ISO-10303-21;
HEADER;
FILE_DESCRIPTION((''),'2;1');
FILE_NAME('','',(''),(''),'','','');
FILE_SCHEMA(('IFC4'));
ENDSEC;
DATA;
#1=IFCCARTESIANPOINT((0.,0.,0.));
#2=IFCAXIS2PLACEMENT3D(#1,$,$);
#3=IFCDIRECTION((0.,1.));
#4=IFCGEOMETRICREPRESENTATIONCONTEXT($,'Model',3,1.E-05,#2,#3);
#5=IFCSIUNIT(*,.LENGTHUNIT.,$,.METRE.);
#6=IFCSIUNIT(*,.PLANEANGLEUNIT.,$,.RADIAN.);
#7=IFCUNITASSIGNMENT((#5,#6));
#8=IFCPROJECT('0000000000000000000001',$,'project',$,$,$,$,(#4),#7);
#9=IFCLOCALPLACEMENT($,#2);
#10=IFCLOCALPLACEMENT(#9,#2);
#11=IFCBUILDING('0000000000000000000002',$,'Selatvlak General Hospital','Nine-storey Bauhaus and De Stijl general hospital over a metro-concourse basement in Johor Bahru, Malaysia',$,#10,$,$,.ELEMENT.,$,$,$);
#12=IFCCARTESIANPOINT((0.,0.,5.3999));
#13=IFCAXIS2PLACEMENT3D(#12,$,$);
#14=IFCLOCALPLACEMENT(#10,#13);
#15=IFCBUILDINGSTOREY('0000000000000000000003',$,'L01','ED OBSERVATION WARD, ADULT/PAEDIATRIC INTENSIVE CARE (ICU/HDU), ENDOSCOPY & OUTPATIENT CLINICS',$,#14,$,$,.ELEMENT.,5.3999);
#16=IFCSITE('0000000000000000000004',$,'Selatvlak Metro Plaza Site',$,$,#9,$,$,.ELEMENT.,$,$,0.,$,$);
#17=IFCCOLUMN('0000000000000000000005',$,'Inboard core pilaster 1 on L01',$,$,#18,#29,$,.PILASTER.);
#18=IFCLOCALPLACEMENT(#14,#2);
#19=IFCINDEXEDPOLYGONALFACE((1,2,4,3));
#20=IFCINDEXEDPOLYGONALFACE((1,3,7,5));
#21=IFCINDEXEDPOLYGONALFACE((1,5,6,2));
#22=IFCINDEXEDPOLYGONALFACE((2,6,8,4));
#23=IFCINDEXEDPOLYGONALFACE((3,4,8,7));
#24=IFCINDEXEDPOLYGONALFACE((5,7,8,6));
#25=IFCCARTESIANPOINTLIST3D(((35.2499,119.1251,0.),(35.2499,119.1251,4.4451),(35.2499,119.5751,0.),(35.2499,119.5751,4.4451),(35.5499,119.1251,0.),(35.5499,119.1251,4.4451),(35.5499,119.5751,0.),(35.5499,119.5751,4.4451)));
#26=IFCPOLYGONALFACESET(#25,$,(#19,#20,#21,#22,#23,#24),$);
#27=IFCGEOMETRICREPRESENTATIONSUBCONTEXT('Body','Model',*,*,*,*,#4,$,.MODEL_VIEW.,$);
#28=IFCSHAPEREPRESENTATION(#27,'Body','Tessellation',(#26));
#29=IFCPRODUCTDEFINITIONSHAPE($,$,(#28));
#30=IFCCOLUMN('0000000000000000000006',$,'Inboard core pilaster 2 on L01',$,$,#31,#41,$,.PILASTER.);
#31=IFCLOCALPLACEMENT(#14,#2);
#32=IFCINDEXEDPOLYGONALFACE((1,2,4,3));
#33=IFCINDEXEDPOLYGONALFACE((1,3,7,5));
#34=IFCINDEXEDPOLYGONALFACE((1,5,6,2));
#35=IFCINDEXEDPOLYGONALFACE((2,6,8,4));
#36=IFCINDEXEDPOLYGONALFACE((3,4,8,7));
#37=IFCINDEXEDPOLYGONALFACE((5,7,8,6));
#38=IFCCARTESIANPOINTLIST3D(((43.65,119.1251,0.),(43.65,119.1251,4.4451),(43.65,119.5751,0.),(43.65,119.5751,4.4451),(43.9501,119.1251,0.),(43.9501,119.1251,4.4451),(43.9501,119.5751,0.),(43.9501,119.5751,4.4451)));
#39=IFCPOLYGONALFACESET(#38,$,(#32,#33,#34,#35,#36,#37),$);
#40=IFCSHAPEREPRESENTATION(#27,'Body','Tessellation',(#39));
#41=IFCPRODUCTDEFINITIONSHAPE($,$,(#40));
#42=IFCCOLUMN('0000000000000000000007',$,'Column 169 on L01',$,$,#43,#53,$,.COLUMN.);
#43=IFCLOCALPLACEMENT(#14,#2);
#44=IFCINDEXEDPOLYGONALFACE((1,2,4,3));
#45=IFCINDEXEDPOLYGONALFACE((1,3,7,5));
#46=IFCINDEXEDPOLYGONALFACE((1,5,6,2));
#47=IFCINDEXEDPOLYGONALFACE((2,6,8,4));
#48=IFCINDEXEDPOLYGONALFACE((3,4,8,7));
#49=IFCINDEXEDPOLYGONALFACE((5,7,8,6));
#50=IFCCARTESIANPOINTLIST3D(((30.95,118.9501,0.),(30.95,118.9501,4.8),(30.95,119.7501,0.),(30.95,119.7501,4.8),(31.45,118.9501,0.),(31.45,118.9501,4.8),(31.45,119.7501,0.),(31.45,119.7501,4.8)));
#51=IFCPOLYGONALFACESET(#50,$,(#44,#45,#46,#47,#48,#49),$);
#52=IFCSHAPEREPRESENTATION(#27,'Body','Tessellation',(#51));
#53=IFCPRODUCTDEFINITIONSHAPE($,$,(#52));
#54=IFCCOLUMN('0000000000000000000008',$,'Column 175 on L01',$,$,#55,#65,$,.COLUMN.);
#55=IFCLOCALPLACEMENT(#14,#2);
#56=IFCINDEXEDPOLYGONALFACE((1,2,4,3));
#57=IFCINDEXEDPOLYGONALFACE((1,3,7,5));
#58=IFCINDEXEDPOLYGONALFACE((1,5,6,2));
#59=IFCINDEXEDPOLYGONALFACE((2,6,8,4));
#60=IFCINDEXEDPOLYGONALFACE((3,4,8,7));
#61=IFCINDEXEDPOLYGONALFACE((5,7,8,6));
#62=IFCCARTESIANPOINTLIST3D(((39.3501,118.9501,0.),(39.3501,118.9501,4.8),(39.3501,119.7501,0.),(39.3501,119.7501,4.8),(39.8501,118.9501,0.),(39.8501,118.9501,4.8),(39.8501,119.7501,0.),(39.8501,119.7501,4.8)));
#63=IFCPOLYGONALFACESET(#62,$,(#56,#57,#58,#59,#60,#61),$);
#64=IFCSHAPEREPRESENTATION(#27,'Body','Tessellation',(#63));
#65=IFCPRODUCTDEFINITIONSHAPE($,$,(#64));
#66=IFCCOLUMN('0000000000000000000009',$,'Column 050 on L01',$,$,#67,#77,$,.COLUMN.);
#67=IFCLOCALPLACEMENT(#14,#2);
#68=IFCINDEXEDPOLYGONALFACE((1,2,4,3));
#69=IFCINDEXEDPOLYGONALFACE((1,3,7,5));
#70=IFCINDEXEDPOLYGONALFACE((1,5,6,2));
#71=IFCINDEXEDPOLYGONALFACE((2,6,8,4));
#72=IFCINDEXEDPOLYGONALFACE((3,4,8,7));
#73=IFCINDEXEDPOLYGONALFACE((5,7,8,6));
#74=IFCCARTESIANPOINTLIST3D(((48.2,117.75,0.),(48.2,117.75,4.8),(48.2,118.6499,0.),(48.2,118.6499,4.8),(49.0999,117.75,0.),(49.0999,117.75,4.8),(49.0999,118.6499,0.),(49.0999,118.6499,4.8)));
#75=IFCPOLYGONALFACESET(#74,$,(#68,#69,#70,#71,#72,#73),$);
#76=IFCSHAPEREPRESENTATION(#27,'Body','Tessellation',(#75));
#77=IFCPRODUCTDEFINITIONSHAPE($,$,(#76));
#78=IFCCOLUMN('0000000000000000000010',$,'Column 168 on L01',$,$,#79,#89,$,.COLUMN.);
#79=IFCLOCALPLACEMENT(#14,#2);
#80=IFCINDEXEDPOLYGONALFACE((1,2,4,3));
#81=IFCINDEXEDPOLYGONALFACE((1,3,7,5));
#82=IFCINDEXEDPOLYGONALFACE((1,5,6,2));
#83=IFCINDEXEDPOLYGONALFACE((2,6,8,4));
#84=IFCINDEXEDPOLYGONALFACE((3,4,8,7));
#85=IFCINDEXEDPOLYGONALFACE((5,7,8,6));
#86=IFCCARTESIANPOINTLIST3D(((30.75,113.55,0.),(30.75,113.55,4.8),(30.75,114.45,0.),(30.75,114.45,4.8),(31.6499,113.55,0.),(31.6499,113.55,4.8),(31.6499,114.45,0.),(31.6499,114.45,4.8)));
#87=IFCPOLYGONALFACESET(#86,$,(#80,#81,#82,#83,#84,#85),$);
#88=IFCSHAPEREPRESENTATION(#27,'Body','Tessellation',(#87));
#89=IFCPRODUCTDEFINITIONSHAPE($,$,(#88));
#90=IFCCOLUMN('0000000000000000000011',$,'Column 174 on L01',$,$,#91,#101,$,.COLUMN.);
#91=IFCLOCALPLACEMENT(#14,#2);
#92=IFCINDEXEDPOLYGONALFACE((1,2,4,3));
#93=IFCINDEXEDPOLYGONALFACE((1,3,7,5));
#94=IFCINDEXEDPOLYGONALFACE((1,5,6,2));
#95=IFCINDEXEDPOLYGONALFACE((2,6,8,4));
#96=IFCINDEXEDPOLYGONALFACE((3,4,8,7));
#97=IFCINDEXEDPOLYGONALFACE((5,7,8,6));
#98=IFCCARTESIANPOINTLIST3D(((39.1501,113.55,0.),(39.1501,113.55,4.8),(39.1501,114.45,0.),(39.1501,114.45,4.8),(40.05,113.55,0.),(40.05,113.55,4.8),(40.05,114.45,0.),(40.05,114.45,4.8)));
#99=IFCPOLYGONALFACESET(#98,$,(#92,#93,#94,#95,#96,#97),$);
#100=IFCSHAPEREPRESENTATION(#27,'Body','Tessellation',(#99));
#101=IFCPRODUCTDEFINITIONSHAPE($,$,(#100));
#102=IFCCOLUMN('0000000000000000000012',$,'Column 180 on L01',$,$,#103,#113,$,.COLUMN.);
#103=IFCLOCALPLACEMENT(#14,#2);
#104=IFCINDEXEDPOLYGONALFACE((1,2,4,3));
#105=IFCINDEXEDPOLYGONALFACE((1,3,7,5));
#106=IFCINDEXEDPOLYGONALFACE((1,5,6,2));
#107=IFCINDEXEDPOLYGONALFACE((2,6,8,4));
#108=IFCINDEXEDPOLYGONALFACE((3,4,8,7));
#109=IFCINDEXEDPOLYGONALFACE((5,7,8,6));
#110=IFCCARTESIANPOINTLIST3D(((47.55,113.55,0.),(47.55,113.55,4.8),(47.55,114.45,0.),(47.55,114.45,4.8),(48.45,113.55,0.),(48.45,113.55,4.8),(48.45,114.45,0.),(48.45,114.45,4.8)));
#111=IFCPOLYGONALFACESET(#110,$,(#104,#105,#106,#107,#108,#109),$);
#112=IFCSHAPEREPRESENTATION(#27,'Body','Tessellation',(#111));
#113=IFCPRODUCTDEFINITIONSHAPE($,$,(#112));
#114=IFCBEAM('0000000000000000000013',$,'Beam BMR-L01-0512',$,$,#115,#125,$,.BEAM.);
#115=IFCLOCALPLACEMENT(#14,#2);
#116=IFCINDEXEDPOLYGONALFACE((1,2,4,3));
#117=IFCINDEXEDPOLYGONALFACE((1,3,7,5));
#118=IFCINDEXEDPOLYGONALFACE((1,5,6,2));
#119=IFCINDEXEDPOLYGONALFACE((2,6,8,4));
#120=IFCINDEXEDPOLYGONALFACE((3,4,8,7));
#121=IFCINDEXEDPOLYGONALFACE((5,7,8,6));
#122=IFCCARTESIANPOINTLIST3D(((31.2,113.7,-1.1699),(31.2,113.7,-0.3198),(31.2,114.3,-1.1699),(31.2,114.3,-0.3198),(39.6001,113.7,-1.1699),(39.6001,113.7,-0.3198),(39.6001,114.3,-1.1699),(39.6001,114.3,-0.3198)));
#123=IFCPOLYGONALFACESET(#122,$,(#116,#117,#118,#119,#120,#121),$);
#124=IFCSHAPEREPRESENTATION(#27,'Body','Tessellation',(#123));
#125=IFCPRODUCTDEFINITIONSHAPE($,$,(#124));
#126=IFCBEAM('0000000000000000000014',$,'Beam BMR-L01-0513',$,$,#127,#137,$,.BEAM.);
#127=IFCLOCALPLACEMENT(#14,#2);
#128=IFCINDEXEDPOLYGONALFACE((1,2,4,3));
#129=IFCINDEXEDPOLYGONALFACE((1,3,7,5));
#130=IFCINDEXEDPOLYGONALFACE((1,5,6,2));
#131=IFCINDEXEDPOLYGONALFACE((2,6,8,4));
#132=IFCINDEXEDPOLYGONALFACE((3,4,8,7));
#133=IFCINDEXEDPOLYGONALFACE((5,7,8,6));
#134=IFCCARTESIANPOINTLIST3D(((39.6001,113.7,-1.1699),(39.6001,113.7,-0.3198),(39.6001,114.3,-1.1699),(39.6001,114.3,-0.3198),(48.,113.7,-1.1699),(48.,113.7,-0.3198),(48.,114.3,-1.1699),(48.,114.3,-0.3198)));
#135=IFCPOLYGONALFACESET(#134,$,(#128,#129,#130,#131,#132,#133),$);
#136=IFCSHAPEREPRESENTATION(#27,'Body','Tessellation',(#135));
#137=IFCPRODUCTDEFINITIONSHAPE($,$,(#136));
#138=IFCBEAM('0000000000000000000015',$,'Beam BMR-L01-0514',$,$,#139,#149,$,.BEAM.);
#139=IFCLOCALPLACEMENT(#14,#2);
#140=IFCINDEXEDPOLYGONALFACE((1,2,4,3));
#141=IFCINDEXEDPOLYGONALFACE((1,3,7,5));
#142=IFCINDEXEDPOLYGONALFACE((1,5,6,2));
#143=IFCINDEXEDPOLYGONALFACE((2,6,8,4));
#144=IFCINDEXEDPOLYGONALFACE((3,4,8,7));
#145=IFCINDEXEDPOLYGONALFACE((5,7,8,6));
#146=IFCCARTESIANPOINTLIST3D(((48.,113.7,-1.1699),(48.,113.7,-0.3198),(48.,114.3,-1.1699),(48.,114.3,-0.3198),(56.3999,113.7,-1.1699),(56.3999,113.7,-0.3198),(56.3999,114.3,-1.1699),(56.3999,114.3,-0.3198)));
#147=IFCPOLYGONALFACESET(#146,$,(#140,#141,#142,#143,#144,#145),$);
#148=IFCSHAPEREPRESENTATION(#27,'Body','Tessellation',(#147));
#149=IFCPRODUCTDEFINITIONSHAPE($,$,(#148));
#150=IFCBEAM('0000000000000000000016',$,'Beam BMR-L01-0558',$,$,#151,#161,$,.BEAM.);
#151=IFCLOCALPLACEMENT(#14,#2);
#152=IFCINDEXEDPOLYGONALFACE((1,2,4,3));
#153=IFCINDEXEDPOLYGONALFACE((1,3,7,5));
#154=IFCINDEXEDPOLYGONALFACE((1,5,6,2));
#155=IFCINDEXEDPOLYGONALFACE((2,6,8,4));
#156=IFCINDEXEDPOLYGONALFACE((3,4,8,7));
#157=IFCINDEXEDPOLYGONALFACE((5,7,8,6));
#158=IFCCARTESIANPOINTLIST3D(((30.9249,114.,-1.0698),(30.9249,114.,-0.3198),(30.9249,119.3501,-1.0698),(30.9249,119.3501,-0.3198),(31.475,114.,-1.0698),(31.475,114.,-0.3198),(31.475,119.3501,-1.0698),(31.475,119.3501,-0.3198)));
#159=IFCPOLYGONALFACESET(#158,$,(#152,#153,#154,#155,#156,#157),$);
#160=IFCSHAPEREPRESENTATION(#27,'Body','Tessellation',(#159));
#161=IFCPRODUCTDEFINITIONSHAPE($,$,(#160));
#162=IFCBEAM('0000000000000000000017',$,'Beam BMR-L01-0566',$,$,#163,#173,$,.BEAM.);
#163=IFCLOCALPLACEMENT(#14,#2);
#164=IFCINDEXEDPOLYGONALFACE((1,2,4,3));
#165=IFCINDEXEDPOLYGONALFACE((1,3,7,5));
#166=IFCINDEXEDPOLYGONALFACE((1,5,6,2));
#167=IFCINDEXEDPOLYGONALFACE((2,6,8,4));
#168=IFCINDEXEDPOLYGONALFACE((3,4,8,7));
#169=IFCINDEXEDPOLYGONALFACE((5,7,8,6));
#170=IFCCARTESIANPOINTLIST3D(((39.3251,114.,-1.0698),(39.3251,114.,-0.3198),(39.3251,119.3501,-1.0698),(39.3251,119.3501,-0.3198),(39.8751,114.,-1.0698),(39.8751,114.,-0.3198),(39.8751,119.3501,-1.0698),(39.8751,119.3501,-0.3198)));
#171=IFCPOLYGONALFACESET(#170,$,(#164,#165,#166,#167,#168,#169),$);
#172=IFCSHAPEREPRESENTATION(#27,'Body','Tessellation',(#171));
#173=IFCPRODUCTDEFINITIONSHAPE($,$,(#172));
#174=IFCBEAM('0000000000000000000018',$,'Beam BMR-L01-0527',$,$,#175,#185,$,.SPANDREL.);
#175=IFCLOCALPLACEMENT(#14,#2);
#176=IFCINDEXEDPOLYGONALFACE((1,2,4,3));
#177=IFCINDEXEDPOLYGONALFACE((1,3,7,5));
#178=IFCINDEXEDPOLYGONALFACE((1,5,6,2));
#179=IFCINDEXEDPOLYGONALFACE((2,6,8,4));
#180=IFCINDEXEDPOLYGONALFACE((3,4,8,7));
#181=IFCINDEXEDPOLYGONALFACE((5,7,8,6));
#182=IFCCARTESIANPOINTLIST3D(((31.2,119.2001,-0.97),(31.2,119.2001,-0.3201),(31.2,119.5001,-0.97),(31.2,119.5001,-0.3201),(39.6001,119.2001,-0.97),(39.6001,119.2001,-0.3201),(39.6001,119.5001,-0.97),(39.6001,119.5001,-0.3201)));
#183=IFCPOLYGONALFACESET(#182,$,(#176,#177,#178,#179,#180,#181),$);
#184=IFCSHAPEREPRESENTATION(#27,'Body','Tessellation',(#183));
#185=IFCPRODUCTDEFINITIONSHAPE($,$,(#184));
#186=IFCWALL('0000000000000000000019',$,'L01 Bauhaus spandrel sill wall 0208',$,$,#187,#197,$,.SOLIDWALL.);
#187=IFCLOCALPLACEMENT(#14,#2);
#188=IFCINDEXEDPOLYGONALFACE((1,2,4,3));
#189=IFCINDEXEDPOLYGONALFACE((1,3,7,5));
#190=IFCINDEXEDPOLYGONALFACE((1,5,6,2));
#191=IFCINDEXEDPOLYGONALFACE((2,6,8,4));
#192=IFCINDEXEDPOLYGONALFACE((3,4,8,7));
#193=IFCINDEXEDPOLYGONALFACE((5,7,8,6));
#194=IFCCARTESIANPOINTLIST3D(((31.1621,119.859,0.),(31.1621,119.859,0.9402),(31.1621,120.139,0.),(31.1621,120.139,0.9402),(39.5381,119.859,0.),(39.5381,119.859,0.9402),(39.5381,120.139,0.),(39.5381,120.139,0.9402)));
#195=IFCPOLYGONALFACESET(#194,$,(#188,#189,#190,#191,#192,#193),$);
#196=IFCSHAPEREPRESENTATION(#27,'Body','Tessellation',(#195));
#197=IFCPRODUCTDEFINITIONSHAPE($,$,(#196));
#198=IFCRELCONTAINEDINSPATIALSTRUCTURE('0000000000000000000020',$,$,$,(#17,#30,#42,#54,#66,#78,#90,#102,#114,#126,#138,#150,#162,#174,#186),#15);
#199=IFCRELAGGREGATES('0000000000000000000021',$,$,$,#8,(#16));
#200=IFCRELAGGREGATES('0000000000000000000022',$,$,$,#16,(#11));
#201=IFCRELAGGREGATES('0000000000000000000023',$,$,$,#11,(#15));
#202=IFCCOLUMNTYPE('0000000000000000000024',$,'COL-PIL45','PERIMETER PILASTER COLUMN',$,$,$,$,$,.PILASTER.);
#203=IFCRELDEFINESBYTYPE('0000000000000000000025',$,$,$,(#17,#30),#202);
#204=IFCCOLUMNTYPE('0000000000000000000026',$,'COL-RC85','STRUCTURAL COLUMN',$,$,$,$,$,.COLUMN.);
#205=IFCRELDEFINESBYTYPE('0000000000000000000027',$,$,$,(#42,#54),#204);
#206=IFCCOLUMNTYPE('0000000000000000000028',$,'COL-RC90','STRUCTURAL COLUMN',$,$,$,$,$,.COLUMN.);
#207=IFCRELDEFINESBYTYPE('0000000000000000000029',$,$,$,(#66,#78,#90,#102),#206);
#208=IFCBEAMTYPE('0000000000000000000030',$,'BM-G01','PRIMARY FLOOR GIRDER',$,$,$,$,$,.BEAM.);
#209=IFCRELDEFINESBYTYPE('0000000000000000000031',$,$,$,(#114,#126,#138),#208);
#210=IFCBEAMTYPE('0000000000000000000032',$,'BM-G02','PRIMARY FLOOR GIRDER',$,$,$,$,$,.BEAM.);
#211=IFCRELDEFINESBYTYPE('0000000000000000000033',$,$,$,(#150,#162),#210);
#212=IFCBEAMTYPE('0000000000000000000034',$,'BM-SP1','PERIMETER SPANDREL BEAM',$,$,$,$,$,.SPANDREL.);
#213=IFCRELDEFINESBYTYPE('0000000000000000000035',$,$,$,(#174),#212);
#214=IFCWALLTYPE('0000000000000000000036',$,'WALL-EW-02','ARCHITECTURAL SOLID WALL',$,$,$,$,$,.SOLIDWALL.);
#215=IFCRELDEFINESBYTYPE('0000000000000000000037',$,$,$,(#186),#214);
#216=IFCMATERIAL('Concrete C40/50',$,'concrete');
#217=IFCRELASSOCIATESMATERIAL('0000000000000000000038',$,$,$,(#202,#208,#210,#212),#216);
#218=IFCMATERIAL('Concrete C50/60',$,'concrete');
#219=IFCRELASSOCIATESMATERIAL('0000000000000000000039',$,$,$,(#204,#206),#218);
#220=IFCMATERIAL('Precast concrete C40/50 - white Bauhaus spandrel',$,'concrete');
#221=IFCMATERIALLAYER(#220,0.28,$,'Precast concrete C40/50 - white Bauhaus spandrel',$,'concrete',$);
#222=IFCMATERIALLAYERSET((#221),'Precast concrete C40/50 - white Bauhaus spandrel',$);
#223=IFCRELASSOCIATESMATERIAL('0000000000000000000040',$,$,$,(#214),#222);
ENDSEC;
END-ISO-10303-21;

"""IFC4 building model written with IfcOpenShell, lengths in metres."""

from ifc_helpers import new_model, si_unit, direction, frame, frame_2d, origin, origin_2d, place, context, subcontext, project, spatial, rectangle, extrude, material, layer, layer_set, material_profile, profile_set, type_object, element, save


model = new_model("IFC4")

# Units and contexts
model_context = context("Model", 3, precision=1e-05, world=origin(), true_north=direction((0.0, 1.0)))
body_context = subcontext(model_context, "Body", "Model", "MODEL_VIEW")
ifc_project = project(units=[si_unit("LENGTHUNIT", "METRE"), si_unit("PLANEANGLEUNIT", "RADIAN")], contexts=[model_context])

# Site, building, storey
site_placement = place(None, origin())
site = spatial("IfcSite", under=ifc_project, at=site_placement, Name="Selatvlak Metro Plaza Site", CompositionType="ELEMENT", RefElevation=0.0)
building_placement = place(site_placement, origin())
building = spatial("IfcBuilding", under=site, at=building_placement, Name="Selatvlak General Hospital", Description="Nine-storey Bauhaus and De Stijl general hospital over a metro-concourse basement in Johor Bahru, Malaysia", CompositionType="ELEMENT")
storey_placement = place(building_placement, frame((0.0, 0.0, 5.3999)))
storey = spatial("IfcBuildingStorey", under=building, at=storey_placement, Name="L01", Description="ED OBSERVATION WARD, ADULT/PAEDIATRIC INTENSIVE CARE (ICU/HDU), ENDOSCOPY & OUTPATIENT CLINICS", CompositionType="ELEMENT", Elevation=5.3999)

# Columns
ifc_material_1 = material(Name="Concrete C40/50", Category="concrete")
ifc_material_profile_1 = material_profile(ifc_material_1, rectangle(XDim=0.3, YDim=0.45, at=origin_2d()), Name="RC-PIL 450x300")
ifc_profile_set_1 = profile_set([ifc_material_profile_1], Name="Concrete C40/50")
column_type_1 = type_object("IfcColumnType", Name="COL-PIL45", Description="PERIMETER PILASTER COLUMN", PredefinedType="PILASTER", material=ifc_profile_set_1)
for number, where, z_axis, x_axis, name in (
    (1, (35.3999, 119.3501, 0.0), (0.0, 0.0, 1.0), (1.0, 0.0, 0.0), "Inboard core pilaster 1 on L01"),
    (2, (43.8, 119.3501, 0.0), (0.0, 0.0, 1.0), (1.0, 0.0, 0.0), "Inboard core pilaster 2 on L01"),
):
    element("IfcColumn", number, at=place(storey_placement, frame(where, z_axis=z_axis, x_axis=x_axis)), inside=storey, type_object=column_type_1, Name=name, PredefinedType="PILASTER", context=body_context, shape_type="SweptSolid", body=[
        extrude(rectangle(XDim=0.3, YDim=0.45, at=origin_2d()), origin(), (0.0, 0.0, 1.0), 4.4451),
    ])
ifc_material_2 = material(Name="Concrete C50/60", Category="concrete")
ifc_material_profile_2 = material_profile(ifc_material_2, rectangle(XDim=0.5, YDim=0.8, at=origin_2d()), Name="RC-COL 800x500")
ifc_profile_set_2 = profile_set([ifc_material_profile_2], Name="Concrete C50/60")
column_type_2 = type_object("IfcColumnType", Name="COL-RC85", Description="STRUCTURAL COLUMN", PredefinedType="COLUMN", material=ifc_profile_set_2)
for number, where, z_axis, x_axis, name in (
    (3, (31.2, 119.3501, 0.0), (0.0, 0.0, 1.0), (1.0, 0.0, 0.0), "Column 169 on L01"),
    (4, (39.6001, 119.3501, 0.0), (0.0, 0.0, 1.0), (1.0, 0.0, 0.0), "Column 175 on L01"),
):
    element("IfcColumn", number, at=place(storey_placement, frame(where, z_axis=z_axis, x_axis=x_axis)), inside=storey, type_object=column_type_2, Name=name, PredefinedType="COLUMN", context=body_context, shape_type="SweptSolid", body=[
        extrude(rectangle(XDim=0.5, YDim=0.8, at=origin_2d()), origin(), (0.0, 0.0, 1.0), 4.8),
    ])
ifc_material_profile_3 = material_profile(ifc_material_2, rectangle(XDim=0.8999, YDim=0.8999, at=origin_2d()), Name="RC-COL 900x900")
ifc_profile_set_3 = profile_set([ifc_material_profile_3], Name="Concrete C50/60")
column_type_3 = type_object("IfcColumnType", Name="COL-RC90", Description="STRUCTURAL COLUMN", PredefinedType="COLUMN", material=ifc_profile_set_3)
for number, where, z_axis, x_axis, name in (
    (5, (48.6499, 118.2, 0.0), (0.0, 0.0, 1.0), (1.0, 0.0, 0.0), "Column 050 on L01"),
    (6, (31.2, 114.0, 0.0), (0.0, 0.0, 1.0), (1.0, 0.0, 0.0), "Column 168 on L01"),
    (7, (39.6001, 114.0, 0.0), (0.0, 0.0, 1.0), (1.0, 0.0, 0.0), "Column 174 on L01"),
    (8, (48.0, 114.0, 0.0), (0.0, 0.0, 1.0), (1.0, 0.0, 0.0), "Column 180 on L01"),
):
    element("IfcColumn", number, at=place(storey_placement, frame(where, z_axis=z_axis, x_axis=x_axis)), inside=storey, type_object=column_type_3, Name=name, PredefinedType="COLUMN", context=body_context, shape_type="SweptSolid", body=[
        extrude(rectangle(XDim=0.8999, YDim=0.8999, at=origin_2d()), origin(), (0.0, 0.0, 1.0), 4.8),
    ])

# Beams
ifc_material_profile_4 = material_profile(ifc_material_1, rectangle(XDim=0.6001, YDim=0.8501, at=origin_2d()), Name="RC-BM 600x850")
ifc_profile_set_4 = profile_set([ifc_material_profile_4], Name="Concrete C40/50")
beam_type_1 = type_object("IfcBeamType", Name="BM-G01", Description="PRIMARY FLOOR GIRDER", PredefinedType="BEAM", material=ifc_profile_set_4)
beam_1_placement = place(storey_placement, frame((31.2, 114.0, -0.7449), z_axis=(1.0, 0.0, 0.0), x_axis=(0.0, 1.0, 0.0)))
element("IfcBeam", 9, at=beam_1_placement, inside=storey, type_object=beam_type_1, Name="Beam BMR-L01-0512", PredefinedType="BEAM", context=body_context, shape_type="SweptSolid", body=[
    extrude(rectangle(XDim=0.6001, YDim=0.8501, at=origin_2d()), origin(), (0.0, 0.0, 1.0), 8.4001),
])
for number, where, z_axis, x_axis, name in (
    (10, (39.6001, 114.0, -0.7449), (1.0, 0.0, 0.0), (0.0, 1.0, 0.0), "Beam BMR-L01-0513"),
    (11, (48.0, 114.0, -0.7449), (1.0, 0.0, 0.0), (0.0, 1.0, 0.0), "Beam BMR-L01-0514"),
):
    element("IfcBeam", number, at=place(storey_placement, frame(where, z_axis=z_axis, x_axis=x_axis)), inside=storey, type_object=beam_type_1, Name=name, PredefinedType="BEAM", context=body_context, shape_type="SweptSolid", body=[
        extrude(rectangle(XDim=0.6001, YDim=0.8501, at=origin_2d()), origin(), (0.0, 0.0, 1.0), 8.3999),
    ])
ifc_material_profile_5 = material_profile(ifc_material_1, rectangle(XDim=0.55, YDim=0.75, at=origin_2d()), Name="RC-BM 550x750")
ifc_profile_set_5 = profile_set([ifc_material_profile_5], Name="Concrete C40/50")
beam_type_2 = type_object("IfcBeamType", Name="BM-G02", Description="PRIMARY FLOOR GIRDER", PredefinedType="BEAM", material=ifc_profile_set_5)
for number, where, z_axis, x_axis, name in (
    (12, (31.2, 114.0, -0.6948), (0.0, 1.0, 0.0), (-1.0, 0.0, 0.0), "Beam BMR-L01-0558"),
    (13, (39.6001, 114.0, -0.6948), (0.0, 1.0, 0.0), (-1.0, 0.0, 0.0), "Beam BMR-L01-0566"),
):
    element("IfcBeam", number, at=place(storey_placement, frame(where, z_axis=z_axis, x_axis=x_axis)), inside=storey, type_object=beam_type_2, Name=name, PredefinedType="BEAM", context=body_context, shape_type="SweptSolid", body=[
        extrude(rectangle(XDim=0.55, YDim=0.75, at=origin_2d()), origin(), (0.0, 0.0, 1.0), 5.3501),
    ])
ifc_material_profile_6 = material_profile(ifc_material_1, rectangle(XDim=0.3, YDim=0.6499, at=origin_2d()), Name="RC-SP 300x650")
ifc_profile_set_6 = profile_set([ifc_material_profile_6], Name="Concrete C40/50")
beam_type_3 = type_object("IfcBeamType", Name="BM-SP1", Description="PERIMETER SPANDREL BEAM", PredefinedType="SPANDREL", material=ifc_profile_set_6)
beam_2_placement = place(storey_placement, frame((31.2, 119.3501, -0.645), z_axis=(1.0, 0.0, 0.0), x_axis=(0.0, 1.0, 0.0)))
element("IfcBeam", 14, at=beam_2_placement, inside=storey, type_object=beam_type_3, Name="Beam BMR-L01-0527", PredefinedType="SPANDREL", context=body_context, shape_type="SweptSolid", body=[
    extrude(rectangle(XDim=0.3, YDim=0.6499, at=origin_2d()), origin(), (0.0, 0.0, 1.0), 8.4001),
])

# Wall
ifc_material_3 = material(Name="Precast concrete C40/50 - white Bauhaus spandrel", Category="concrete")
ifc_layer_1 = layer(ifc_material_3, 0.28, Name="Precast concrete C40/50 - white Bauhaus spandrel", Category="concrete")
ifc_layer_set_1 = layer_set([ifc_layer_1], Name="Precast concrete C40/50 - white Bauhaus spandrel")
wall_type_1 = type_object("IfcWallType", Name="WALL-EW-02", Description="ARCHITECTURAL SOLID WALL", PredefinedType="SOLIDWALL", material=ifc_layer_set_1)
wall_1_placement = place(storey_placement, frame((31.1621, 119.999, 0.0), z_axis=(0.0, 0.0, 1.0), x_axis=(1.0, 0.0, 0.0)))
element("IfcWall", 15, at=wall_1_placement, inside=storey, type_object=wall_type_1, Name="L01 Bauhaus spandrel sill wall 0208", PredefinedType="SOLIDWALL", context=body_context, shape_type="SweptSolid", body=[
    extrude(rectangle(XDim=8.376, YDim=0.28, at=frame_2d((4.188, 0.0))), origin(), (0.0, 0.0, 1.0), 0.9402),
])

save(model, "model.ifc")
